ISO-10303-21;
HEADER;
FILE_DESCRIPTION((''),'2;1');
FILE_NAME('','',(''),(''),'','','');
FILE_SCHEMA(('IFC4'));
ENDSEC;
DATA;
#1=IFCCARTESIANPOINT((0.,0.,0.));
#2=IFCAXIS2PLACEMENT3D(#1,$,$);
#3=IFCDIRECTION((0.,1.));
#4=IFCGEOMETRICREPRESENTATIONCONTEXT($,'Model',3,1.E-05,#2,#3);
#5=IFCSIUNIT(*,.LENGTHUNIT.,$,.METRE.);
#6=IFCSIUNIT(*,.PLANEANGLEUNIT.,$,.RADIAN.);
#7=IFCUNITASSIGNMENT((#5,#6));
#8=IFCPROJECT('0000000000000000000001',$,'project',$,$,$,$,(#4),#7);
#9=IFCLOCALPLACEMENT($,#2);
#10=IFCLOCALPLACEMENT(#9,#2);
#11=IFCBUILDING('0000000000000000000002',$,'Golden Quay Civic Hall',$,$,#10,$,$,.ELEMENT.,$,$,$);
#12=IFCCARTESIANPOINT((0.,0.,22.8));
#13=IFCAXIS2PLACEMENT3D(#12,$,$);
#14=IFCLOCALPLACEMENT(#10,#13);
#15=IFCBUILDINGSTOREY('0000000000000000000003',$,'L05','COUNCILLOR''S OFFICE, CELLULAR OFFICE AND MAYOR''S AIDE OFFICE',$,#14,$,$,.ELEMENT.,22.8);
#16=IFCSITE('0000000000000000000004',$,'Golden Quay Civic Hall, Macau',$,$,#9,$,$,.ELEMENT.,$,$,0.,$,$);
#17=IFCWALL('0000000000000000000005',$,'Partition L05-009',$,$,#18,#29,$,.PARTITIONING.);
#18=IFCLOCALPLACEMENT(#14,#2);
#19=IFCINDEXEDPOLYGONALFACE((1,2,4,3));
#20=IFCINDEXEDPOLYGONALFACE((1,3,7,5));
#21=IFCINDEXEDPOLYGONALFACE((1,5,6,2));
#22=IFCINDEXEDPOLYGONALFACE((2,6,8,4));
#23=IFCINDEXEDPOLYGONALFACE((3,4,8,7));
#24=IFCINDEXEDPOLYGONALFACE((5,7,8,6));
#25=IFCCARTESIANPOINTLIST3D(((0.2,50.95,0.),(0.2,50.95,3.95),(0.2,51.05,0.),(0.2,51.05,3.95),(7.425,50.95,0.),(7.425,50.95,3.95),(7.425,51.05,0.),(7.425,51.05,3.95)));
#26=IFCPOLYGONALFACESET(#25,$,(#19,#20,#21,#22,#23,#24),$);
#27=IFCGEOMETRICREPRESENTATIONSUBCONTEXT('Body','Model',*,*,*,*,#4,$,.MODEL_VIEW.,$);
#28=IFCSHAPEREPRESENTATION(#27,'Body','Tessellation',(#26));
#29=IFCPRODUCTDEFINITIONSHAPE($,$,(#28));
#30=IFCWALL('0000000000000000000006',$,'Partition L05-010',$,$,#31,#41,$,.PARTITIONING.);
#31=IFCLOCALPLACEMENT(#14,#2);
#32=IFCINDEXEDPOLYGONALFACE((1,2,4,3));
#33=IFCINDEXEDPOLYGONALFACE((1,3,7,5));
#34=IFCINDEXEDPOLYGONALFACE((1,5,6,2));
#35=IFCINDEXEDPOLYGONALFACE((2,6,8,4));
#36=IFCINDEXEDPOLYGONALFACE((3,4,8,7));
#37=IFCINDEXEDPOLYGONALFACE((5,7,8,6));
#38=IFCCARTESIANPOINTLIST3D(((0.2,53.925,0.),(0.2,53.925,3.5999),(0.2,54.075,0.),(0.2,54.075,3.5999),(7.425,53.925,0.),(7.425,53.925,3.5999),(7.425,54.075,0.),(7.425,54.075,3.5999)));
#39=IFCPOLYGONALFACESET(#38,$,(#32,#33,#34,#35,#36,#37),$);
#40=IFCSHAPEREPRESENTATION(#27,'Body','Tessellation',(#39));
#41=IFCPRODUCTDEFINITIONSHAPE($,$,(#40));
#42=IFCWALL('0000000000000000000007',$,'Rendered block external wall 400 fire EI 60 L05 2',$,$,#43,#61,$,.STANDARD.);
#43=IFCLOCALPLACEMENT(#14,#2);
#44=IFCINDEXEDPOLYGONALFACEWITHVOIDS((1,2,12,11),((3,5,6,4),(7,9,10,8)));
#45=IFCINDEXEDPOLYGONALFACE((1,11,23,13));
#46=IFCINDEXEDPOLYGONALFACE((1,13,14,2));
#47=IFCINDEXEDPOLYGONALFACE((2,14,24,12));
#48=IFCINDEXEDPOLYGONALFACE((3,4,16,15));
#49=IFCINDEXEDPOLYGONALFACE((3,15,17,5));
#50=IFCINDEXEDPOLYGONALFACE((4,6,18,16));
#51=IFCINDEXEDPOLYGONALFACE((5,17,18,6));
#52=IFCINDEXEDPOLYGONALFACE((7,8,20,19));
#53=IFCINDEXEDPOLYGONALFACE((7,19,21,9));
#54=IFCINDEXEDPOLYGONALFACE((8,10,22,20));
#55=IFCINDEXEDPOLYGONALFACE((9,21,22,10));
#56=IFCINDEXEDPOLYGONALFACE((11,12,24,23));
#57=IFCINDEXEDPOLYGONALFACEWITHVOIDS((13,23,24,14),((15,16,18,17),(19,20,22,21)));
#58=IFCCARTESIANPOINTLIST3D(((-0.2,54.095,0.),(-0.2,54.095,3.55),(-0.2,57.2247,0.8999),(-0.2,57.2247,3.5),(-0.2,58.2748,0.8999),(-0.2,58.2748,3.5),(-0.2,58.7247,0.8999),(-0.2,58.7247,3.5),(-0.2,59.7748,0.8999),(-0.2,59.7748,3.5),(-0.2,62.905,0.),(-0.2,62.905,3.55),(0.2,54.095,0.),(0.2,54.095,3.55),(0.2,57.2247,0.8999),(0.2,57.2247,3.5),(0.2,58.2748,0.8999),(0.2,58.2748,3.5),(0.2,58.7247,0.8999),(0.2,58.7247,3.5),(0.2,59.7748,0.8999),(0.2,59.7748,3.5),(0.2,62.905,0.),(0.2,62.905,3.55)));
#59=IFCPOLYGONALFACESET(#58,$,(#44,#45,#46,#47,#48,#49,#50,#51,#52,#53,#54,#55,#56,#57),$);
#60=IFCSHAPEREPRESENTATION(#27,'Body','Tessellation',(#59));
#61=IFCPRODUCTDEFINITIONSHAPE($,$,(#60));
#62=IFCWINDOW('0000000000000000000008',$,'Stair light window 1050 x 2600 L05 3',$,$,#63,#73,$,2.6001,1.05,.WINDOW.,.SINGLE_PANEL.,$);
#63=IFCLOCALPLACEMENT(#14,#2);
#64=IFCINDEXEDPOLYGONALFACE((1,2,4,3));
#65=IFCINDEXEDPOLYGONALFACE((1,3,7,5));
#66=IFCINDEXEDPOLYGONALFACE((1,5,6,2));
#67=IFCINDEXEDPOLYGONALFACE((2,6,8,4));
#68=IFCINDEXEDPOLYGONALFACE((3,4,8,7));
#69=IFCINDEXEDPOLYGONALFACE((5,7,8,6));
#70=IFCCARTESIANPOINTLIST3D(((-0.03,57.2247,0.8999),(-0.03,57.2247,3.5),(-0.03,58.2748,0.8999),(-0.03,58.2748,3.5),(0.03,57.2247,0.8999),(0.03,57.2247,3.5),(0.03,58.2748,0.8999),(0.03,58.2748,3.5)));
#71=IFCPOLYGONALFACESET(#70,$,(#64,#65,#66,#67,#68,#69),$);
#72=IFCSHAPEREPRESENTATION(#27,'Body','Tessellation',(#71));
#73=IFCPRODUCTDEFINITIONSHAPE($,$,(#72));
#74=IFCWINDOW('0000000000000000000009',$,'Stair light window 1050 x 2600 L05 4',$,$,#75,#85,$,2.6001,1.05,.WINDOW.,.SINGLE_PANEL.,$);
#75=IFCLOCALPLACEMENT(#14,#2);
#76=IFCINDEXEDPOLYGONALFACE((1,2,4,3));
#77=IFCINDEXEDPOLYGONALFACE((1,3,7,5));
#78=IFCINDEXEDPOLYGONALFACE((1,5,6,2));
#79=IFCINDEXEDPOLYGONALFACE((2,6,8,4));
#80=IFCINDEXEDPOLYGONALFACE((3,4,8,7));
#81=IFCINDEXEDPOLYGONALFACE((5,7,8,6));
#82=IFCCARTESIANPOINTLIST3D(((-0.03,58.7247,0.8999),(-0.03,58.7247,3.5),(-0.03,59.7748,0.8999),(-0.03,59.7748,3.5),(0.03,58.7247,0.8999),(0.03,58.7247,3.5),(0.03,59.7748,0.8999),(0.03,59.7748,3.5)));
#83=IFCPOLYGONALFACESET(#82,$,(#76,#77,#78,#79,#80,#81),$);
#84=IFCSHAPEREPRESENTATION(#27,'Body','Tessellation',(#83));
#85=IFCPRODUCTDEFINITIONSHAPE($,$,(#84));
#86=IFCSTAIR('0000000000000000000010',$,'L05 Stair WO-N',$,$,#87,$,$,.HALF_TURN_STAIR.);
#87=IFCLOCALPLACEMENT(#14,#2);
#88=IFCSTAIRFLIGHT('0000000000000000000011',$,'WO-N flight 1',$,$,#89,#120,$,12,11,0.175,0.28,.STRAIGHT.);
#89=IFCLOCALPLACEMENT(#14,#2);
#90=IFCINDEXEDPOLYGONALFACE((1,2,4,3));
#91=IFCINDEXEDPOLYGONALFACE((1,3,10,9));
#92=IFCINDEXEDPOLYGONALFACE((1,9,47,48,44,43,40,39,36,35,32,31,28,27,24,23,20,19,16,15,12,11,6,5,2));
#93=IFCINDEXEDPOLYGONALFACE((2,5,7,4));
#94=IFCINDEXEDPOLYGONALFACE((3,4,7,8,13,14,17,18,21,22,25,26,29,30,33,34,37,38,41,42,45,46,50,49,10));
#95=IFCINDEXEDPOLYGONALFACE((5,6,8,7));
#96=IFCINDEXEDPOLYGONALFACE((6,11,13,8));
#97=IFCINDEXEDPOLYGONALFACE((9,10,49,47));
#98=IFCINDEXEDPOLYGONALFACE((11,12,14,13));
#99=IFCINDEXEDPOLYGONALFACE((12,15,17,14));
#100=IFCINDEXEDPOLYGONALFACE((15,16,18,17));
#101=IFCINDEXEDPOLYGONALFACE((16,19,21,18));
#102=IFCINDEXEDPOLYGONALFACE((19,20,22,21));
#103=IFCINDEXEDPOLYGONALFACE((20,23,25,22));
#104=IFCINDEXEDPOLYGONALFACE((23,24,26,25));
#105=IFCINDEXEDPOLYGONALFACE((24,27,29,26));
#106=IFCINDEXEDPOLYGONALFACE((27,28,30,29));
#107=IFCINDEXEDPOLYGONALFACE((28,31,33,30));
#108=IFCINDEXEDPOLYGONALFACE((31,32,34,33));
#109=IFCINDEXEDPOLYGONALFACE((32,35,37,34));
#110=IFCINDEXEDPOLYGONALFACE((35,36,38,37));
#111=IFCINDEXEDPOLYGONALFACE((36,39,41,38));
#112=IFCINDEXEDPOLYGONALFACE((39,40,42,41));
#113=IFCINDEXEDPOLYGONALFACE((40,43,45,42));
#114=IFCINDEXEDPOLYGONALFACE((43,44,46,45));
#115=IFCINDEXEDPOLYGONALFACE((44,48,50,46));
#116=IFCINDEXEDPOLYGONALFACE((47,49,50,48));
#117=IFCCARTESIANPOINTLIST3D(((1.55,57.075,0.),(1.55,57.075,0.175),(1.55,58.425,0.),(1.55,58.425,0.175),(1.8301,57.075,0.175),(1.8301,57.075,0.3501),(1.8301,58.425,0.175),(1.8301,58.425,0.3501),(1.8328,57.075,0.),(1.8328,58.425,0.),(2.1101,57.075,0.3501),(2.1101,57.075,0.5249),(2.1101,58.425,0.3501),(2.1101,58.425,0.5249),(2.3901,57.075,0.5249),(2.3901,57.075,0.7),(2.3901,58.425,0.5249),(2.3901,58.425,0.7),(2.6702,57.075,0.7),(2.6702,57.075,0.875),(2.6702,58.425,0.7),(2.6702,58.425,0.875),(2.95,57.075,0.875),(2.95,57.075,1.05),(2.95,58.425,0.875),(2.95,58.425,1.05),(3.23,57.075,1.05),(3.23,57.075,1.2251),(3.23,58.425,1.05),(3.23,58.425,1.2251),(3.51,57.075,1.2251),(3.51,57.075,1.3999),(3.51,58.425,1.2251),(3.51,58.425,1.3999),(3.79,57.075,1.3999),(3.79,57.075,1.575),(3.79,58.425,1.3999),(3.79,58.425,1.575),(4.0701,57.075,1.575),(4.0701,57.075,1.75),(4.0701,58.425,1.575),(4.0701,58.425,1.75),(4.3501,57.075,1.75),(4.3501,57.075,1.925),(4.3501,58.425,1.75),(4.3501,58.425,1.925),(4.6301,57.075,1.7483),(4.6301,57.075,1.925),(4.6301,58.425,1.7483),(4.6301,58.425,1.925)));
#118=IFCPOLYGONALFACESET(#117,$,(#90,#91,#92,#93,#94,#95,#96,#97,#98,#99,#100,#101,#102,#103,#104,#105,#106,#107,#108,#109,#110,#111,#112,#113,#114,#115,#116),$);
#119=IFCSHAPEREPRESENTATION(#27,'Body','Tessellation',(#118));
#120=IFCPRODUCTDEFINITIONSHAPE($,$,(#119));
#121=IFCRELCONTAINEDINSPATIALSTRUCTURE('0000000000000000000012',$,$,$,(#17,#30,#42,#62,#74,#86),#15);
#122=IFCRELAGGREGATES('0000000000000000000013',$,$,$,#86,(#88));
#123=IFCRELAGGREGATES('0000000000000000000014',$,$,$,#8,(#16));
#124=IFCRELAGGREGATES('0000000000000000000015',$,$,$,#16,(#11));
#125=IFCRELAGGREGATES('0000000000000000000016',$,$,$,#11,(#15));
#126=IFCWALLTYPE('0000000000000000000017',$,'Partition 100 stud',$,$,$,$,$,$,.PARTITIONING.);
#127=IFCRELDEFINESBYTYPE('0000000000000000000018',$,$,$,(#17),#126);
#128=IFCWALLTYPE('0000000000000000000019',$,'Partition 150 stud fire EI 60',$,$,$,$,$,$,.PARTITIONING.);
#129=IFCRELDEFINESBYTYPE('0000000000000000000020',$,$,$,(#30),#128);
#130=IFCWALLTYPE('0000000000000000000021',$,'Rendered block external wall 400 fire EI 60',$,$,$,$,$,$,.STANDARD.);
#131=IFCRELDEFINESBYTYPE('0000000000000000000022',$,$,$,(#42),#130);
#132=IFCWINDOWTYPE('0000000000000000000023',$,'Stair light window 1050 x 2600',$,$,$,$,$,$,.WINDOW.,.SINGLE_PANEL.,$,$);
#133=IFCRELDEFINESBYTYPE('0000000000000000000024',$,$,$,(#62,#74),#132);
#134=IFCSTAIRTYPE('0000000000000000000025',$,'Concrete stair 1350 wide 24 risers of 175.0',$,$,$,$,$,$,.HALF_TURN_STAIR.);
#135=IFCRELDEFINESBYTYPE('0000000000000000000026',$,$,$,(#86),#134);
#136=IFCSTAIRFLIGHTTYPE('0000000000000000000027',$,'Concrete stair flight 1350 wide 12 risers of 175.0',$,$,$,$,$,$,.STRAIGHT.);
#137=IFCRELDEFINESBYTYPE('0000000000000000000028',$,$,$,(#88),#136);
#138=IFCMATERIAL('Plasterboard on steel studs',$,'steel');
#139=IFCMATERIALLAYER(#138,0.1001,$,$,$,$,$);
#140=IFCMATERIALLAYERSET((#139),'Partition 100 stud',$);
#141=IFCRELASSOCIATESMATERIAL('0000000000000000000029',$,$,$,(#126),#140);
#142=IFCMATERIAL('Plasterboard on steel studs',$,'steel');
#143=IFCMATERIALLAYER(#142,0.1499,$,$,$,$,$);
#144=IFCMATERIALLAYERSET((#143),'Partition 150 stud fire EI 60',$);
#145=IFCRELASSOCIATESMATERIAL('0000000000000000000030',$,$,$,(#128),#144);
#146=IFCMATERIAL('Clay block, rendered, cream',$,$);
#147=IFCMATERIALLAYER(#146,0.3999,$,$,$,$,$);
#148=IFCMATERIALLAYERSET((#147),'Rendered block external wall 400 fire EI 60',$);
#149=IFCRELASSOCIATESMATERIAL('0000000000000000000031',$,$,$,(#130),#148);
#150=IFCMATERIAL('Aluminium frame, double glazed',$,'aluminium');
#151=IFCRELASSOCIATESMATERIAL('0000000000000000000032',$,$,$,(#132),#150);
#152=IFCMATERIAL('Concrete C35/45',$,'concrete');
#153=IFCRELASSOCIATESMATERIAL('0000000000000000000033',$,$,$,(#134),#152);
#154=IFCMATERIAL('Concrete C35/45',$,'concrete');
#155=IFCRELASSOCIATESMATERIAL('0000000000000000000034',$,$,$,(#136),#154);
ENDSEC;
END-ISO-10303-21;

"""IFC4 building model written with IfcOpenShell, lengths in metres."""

from ifc_helpers import new_model, si_unit, direction, frame, frame_2d, origin, place, context, subcontext, project, spatial, polyline, rectangle, outline, extrude, material, layer, layer_set, type_object, element, fill, aggregate, save


model = new_model("IFC4")

# Units and contexts
model_context = context("Model", 3, precision=1e-05, world=origin(), true_north=direction((0.0, 1.0)))
body_context = subcontext(model_context, "Body", "Model", "MODEL_VIEW")
ifc_project = project(units=[si_unit("LENGTHUNIT", "METRE"), si_unit("PLANEANGLEUNIT", "RADIAN")], contexts=[model_context])

# Site, building, storey
site_placement = place(None, origin())
site = spatial("IfcSite", under=ifc_project, at=site_placement, Name="Golden Quay Civic Hall, Macau", CompositionType="ELEMENT", RefElevation=0.0)
building_placement = place(site_placement, origin())
building = spatial("IfcBuilding", under=site, at=building_placement, Name="Golden Quay Civic Hall", CompositionType="ELEMENT")
storey_placement = place(building_placement, frame((0.0, 0.0, 22.8)))
storey = spatial("IfcBuildingStorey", under=building, at=storey_placement, Name="L05", Description="COUNCILLOR'S OFFICE, CELLULAR OFFICE AND MAYOR'S AIDE OFFICE", CompositionType="ELEMENT", Elevation=22.8)

# Walls
ifc_material_1 = material(Name="Plasterboard on steel studs", Category="steel")
ifc_layer_1 = layer(ifc_material_1, 0.1001)
ifc_layer_set_1 = layer_set([ifc_layer_1], Name="Partition 100 stud")
wall_type_1 = type_object("IfcWallType", Name="Partition 100 stud", PredefinedType="PARTITIONING", material=ifc_layer_set_1)
wall_1_placement = place(storey_placement, frame((0.2, 51.0, 0.0), z_axis=(0.0, 0.0, 1.0), x_axis=(1.0, 0.0, 0.0)))
element("IfcWall", 1, at=wall_1_placement, inside=storey, type_object=wall_type_1, Name="Partition L05-009", PredefinedType="PARTITIONING", context=body_context, shape_type="SweptSolid", body=[
    extrude(rectangle(XDim=7.2251, YDim=0.1001, at=frame_2d((3.6125, 0.0))), origin(), (0.0, 0.0, 1.0), 3.95),
])
ifc_material_2 = material(Name="Plasterboard on steel studs", Category="steel")
ifc_layer_2 = layer(ifc_material_2, 0.1499)
ifc_layer_set_2 = layer_set([ifc_layer_2], Name="Partition 150 stud fire EI 60")
wall_type_2 = type_object("IfcWallType", Name="Partition 150 stud fire EI 60", PredefinedType="PARTITIONING", material=ifc_layer_set_2)
wall_2_placement = place(storey_placement, frame((0.2, 54.0, 0.0), z_axis=(0.0, 0.0, 1.0), x_axis=(1.0, 0.0, 0.0)))
element("IfcWall", 2, at=wall_2_placement, inside=storey, type_object=wall_type_2, Name="Partition L05-010", PredefinedType="PARTITIONING", context=body_context, shape_type="SweptSolid", body=[
    extrude(rectangle(XDim=7.2251, YDim=0.1499, at=frame_2d((3.6125, 0.0))), origin(), (0.0, 0.0, 1.0), 3.5999),
])

# Wall, openings, windows
ifc_material_3 = material(Name="Clay block, rendered, cream")
ifc_layer_3 = layer(ifc_material_3, 0.3999)
ifc_layer_set_3 = layer_set([ifc_layer_3], Name="Rendered block external wall 400 fire EI 60")
wall_type_3 = type_object("IfcWallType", Name="Rendered block external wall 400 fire EI 60", PredefinedType="STANDARD", material=ifc_layer_set_3)
wall_3_placement = place(storey_placement, frame((0.0, 54.095, 0.0), z_axis=(0.0, 0.0, 1.0), x_axis=(0.0, 1.0, 0.0)))
wall_3 = element("IfcWall", 3, at=wall_3_placement, inside=storey, type_object=wall_type_3, Name="Rendered block external wall 400 fire EI 60 L05 2", PredefinedType="STANDARD", context=body_context, shape_type="SweptSolid", body=[
    extrude(rectangle(XDim=8.8101, YDim=0.3999, at=frame_2d((4.405, 0.0))), origin(), (0.0, 0.0, 1.0), 3.55),
])
opening_1_placement = place(wall_3_placement, frame((3.1299, 0.0, 0.8999)))
opening_1 = element("IfcOpeningElement", 4, at=opening_1_placement, cuts=wall_3, PredefinedType="OPENING", context=body_context, shape_type="SweptSolid", body=[
    extrude(rectangle(XDim=1.05, YDim=2.6001, at=frame_2d((0.5249, 1.3))), frame((0.0, 0.21, 0.0), z_axis=(0.0, -1.0, 0.0), x_axis=(1.0, 0.0, 0.0)), (0.0, 0.0, 1.0), 0.4199),
])
opening_2_placement = place(wall_3_placement, frame((4.6299, 0.0, 0.8999)))
opening_2 = element("IfcOpeningElement", 5, at=opening_2_placement, cuts=wall_3, PredefinedType="OPENING", context=body_context, shape_type="SweptSolid", body=[
    extrude(rectangle(XDim=1.05, YDim=2.6001, at=frame_2d((0.5249, 1.3))), frame((0.0, 0.21, 0.0), z_axis=(0.0, -1.0, 0.0), x_axis=(1.0, 0.0, 0.0)), (0.0, 0.0, 1.0), 0.4199),
])
ifc_material_4 = material(Name="Aluminium frame, double glazed", Category="aluminium")
window_type = type_object("IfcWindowType", Name="Stair light window 1050 x 2600", PartitioningType="SINGLE_PANEL", PredefinedType="WINDOW", material=ifc_material_4)
window_1_placement = place(opening_1_placement, origin())
window_1 = element("IfcWindow", 6, at=window_1_placement, inside=storey, type_object=window_type, Name="Stair light window 1050 x 2600 L05 3", OverallHeight=2.6001, OverallWidth=1.05, PartitioningType="SINGLE_PANEL", PredefinedType="WINDOW", context=body_context, shape_type="SweptSolid", body=[
    extrude(rectangle(XDim=1.05, YDim=2.6001, at=frame_2d((0.5249, 1.3))), frame((0.0, 0.03, 0.0), z_axis=(0.0, -1.0, 0.0), x_axis=(1.0, 0.0, 0.0)), (0.0, 0.0, 1.0), 0.0601),
])
fill(opening_1, window_1)
window_2_placement = place(opening_2_placement, origin())
window_2 = element("IfcWindow", 7, at=window_2_placement, inside=storey, type_object=window_type, Name="Stair light window 1050 x 2600 L05 4", OverallHeight=2.6001, OverallWidth=1.05, PartitioningType="SINGLE_PANEL", PredefinedType="WINDOW", context=body_context, shape_type="SweptSolid", body=[
    extrude(rectangle(XDim=1.05, YDim=2.6001, at=frame_2d((0.5249, 1.3))), frame((0.0, 0.03, 0.0), z_axis=(0.0, -1.0, 0.0), x_axis=(1.0, 0.0, 0.0)), (0.0, 0.0, 1.0), 0.0601),
])
fill(opening_2, window_2)

# Stair, stair flight
ifc_material_5 = material(Name="Concrete C35/45", Category="concrete")
stair_type = type_object("IfcStairType", Name="Concrete stair 1350 wide 24 risers of 175.0", PredefinedType="HALF_TURN_STAIR", material=ifc_material_5)
stair_placement = place(storey_placement, origin())
stair = element("IfcStair", 8, at=stair_placement, inside=storey, type_object=stair_type, Name="L05 Stair WO-N", PredefinedType="HALF_TURN_STAIR")
ifc_material_6 = material(Name="Concrete C35/45", Category="concrete")
stair_flight_type = type_object("IfcStairFlightType", Name="Concrete stair flight 1350 wide 12 risers of 175.0", PredefinedType="STRAIGHT", material=ifc_material_6)
stair_flight_placement = place(storey_placement, frame((1.55, 57.75, 0.0), z_axis=(0.0, 0.0, 1.0), x_axis=(1.0, 0.0, 0.0)))
stair_flight = element("IfcStairFlight", 9, at=stair_flight_placement, type_object=stair_flight_type, Name="WO-N flight 1", NumberOfRisers=12, NumberOfTreads=11, PredefinedType="STRAIGHT", RiserHeight=0.175, TreadLength=0.28, context=body_context, shape_type="SweptSolid", body=[
    extrude(outline(polyline([(0.0, 0.0), (0.0, 0.175), (0.28, 0.175), (0.28, 0.3501), (0.5601, 0.3501), (0.5601, 0.5249), (0.8401, 0.5249), (0.8401, 0.7), (1.1201, 0.7), (1.1201, 0.875), (1.3999, 0.875), (1.3999, 1.05), (1.6799, 1.05), (1.6799, 1.2251), (1.96, 1.2251), (1.96, 1.3999), (2.24, 1.3999), (2.24, 1.575), (2.52, 1.575), (2.52, 1.75), (2.8, 1.75), (2.8, 1.925), (3.0801, 1.925), (3.0801, 2.1001), (3.0801, 1.7483), (0.2827, 0.0), (0.0, 0.0)])), frame((0.0, 0.675, 0.0), z_axis=(0.0, -1.0, 0.0), x_axis=(1.0, 0.0, 0.0)), (0.0, 0.0, 1.0), 1.35),
])
aggregate(stair, [stair_flight])

save(model, "model.ifc")
